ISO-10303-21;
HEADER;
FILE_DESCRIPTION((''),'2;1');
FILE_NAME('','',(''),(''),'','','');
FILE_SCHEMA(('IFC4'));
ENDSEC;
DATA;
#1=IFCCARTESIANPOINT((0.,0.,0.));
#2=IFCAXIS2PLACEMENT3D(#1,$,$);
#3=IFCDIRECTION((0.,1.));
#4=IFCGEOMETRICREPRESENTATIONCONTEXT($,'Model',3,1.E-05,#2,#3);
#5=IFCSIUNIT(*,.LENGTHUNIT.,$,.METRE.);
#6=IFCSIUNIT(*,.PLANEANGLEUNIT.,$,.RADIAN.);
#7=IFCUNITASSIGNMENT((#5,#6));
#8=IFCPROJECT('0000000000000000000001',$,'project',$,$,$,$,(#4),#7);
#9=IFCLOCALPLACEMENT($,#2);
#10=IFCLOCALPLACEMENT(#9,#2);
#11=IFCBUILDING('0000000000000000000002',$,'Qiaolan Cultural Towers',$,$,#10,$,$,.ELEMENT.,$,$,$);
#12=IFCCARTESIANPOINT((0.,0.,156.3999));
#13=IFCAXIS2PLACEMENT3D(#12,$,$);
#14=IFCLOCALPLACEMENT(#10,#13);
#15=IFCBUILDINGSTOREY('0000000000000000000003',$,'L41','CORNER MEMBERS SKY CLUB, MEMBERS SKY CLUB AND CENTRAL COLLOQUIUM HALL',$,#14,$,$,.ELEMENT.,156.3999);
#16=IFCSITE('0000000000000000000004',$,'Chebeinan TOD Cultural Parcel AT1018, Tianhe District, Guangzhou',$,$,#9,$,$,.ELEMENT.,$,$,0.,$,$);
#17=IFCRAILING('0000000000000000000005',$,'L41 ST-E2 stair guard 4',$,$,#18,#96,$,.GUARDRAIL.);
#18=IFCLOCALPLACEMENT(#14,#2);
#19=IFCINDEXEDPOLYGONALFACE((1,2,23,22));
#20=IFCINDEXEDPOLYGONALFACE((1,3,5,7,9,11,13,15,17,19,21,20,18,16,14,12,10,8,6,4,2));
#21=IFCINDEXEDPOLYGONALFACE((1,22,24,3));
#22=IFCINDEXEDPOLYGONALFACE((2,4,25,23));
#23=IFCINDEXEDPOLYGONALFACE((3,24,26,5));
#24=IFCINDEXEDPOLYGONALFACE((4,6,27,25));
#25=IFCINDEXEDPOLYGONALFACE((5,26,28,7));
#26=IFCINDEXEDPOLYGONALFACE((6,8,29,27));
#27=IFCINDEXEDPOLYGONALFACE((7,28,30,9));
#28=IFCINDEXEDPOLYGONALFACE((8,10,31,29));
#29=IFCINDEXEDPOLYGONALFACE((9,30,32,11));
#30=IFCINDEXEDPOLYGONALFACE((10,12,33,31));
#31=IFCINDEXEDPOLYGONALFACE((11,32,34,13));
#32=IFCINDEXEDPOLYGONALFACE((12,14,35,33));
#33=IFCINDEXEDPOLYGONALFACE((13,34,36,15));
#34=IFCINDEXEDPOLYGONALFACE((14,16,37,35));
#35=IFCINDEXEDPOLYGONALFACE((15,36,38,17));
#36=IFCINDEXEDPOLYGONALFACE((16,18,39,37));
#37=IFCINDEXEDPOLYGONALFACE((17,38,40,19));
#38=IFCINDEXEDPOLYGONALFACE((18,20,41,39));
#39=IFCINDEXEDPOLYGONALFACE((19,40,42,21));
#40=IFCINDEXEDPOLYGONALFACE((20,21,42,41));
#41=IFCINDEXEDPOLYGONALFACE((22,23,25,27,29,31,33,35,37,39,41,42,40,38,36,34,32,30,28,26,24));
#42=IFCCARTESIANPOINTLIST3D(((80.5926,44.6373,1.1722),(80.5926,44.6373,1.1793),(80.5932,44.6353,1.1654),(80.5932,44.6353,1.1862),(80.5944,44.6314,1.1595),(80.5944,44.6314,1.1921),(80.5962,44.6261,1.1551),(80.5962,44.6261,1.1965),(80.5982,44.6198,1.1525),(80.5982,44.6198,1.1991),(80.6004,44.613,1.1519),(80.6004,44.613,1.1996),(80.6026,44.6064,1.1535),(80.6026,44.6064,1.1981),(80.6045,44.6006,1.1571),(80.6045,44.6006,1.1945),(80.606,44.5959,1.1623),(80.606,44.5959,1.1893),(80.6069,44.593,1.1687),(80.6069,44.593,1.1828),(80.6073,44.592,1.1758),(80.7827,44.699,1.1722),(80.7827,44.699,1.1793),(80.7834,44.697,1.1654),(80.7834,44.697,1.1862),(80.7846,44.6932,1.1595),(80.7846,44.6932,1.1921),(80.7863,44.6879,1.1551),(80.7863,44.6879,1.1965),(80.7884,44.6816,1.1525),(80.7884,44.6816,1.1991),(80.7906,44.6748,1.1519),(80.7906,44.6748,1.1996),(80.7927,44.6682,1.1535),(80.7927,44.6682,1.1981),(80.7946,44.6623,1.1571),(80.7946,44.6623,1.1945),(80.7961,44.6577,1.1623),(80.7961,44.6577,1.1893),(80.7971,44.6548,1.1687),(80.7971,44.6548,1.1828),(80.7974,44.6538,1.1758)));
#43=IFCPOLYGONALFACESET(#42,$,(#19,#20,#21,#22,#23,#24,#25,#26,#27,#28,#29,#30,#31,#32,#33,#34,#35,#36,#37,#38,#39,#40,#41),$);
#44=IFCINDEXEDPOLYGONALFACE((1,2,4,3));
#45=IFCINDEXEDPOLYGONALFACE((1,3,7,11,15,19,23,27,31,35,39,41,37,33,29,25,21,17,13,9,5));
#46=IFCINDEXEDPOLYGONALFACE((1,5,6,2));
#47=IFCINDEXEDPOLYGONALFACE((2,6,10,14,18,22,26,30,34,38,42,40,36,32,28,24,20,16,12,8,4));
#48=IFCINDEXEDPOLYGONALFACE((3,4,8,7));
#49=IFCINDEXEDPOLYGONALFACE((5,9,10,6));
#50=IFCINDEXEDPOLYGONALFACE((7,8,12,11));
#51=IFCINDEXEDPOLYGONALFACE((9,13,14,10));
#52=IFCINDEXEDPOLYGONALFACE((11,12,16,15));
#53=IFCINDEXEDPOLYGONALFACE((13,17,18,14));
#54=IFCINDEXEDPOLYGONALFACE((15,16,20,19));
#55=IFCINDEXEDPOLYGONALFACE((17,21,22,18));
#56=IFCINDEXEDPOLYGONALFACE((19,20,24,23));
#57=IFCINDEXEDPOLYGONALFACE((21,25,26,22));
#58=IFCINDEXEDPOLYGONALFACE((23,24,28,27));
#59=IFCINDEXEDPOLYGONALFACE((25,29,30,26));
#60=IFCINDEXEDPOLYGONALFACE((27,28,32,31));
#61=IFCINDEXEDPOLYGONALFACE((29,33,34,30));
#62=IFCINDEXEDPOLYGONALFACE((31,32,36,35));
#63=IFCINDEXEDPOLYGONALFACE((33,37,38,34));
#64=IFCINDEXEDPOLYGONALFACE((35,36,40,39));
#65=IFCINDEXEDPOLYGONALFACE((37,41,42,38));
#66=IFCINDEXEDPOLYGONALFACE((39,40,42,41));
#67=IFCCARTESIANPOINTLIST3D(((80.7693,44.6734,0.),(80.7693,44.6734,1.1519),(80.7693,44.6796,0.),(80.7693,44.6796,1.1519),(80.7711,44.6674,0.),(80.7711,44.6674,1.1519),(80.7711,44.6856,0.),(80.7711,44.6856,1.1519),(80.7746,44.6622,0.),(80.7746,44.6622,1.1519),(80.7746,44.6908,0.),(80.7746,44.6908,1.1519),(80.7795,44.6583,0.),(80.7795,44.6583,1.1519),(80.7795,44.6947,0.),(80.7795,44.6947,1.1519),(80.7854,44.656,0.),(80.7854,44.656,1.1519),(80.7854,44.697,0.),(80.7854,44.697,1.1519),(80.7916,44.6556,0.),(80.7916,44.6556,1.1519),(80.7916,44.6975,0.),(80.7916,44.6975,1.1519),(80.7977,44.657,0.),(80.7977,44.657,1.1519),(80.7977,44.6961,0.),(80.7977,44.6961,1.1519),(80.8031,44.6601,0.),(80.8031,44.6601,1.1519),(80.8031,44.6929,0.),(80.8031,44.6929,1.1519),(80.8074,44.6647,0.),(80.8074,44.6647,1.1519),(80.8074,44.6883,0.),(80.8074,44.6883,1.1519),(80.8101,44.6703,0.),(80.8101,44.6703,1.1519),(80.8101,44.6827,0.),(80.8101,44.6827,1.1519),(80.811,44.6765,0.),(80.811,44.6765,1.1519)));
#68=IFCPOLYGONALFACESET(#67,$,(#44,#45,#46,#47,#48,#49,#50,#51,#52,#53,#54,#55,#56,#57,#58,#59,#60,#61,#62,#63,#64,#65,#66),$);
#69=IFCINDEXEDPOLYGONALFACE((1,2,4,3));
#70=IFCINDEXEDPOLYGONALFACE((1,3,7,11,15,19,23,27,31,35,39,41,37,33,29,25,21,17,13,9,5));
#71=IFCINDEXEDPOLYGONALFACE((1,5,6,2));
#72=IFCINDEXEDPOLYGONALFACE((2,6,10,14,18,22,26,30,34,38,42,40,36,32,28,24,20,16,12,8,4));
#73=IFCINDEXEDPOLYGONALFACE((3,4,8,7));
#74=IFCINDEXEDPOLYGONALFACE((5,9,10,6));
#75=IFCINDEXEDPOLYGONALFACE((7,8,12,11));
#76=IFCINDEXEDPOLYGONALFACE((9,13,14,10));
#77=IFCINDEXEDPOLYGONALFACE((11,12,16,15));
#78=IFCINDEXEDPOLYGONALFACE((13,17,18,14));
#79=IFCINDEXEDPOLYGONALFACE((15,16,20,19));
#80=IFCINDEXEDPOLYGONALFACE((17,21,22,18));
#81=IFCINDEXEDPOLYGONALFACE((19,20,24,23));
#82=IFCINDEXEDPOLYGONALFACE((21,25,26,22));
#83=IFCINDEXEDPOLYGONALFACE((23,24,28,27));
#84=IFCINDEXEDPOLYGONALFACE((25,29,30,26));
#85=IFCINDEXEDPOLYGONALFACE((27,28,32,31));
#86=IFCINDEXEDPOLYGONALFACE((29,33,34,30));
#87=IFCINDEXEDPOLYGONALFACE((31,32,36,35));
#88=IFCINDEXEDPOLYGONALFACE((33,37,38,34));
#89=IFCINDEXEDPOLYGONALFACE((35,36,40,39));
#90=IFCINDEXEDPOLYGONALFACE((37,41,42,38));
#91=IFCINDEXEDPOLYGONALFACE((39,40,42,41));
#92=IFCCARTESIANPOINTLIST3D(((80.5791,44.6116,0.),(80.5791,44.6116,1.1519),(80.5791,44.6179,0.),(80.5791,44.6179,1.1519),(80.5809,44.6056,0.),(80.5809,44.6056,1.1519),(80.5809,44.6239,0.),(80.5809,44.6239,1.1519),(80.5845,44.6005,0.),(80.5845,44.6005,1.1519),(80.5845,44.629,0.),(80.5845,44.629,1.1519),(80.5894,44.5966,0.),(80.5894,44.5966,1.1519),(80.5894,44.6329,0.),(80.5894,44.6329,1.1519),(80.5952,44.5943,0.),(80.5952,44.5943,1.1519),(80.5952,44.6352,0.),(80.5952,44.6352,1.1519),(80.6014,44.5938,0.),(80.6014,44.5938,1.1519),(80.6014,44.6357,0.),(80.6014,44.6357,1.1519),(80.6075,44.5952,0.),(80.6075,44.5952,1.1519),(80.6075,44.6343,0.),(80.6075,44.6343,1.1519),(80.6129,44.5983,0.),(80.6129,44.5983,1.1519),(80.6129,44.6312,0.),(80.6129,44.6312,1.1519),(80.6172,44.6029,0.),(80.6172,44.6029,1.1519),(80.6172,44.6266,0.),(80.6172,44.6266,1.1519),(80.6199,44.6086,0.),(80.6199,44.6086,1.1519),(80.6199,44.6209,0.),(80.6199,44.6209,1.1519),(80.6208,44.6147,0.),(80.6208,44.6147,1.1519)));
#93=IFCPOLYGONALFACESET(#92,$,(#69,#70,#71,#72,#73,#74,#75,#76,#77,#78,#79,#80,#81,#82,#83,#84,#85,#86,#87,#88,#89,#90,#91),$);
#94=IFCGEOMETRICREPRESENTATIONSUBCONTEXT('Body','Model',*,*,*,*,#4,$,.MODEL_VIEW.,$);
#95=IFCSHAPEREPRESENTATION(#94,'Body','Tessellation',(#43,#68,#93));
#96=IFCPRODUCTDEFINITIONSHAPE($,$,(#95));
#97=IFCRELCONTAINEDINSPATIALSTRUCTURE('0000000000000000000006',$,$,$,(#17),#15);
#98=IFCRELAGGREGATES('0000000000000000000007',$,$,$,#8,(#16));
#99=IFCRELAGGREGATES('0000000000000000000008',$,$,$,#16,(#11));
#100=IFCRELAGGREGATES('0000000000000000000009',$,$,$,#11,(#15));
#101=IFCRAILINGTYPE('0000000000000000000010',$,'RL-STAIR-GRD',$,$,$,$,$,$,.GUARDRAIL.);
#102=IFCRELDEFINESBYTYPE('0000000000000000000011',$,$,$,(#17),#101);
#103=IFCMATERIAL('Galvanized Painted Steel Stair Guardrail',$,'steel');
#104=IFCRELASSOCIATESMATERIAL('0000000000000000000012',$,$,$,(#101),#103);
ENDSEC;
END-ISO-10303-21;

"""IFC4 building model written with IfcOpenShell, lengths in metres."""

from ifc_helpers import new_model, si_unit, direction, frame, origin, origin_2d, place, context, subcontext, project, spatial, circle, extrude, material, type_object, element, save


model = new_model("IFC4")

# Units and contexts
model_context = context("Model", 3, precision=1e-05, world=origin(), true_north=direction((0.0, 1.0)))
body_context = subcontext(model_context, "Body", "Model", "MODEL_VIEW")
ifc_project = project(units=[si_unit("LENGTHUNIT", "METRE"), si_unit("PLANEANGLEUNIT", "RADIAN")], contexts=[model_context])

# Site, building, storey
site_placement = place(None, origin())
site = spatial("IfcSite", under=ifc_project, at=site_placement, Name="Chebeinan TOD Cultural Parcel AT1018, Tianhe District, Guangzhou", CompositionType="ELEMENT", RefElevation=0.0)
building_placement = place(site_placement, origin())
building = spatial("IfcBuilding", under=site, at=building_placement, Name="Qiaolan Cultural Towers", CompositionType="ELEMENT")
storey_placement = place(building_placement, frame((0.0, 0.0, 156.3999)))
storey = spatial("IfcBuildingStorey", under=building, at=storey_placement, Name="L41", Description="CORNER MEMBERS SKY CLUB, MEMBERS SKY CLUB AND CENTRAL COLLOQUIUM HALL", CompositionType="ELEMENT", Elevation=156.3999)

# Railing
ifc_material_1 = material(Name="Galvanized Painted Steel Stair Guardrail", Category="steel")
railing_type_1 = type_object("IfcRailingType", Name="RL-STAIR-GRD", PredefinedType="GUARDRAIL", material=ifc_material_1)
railing_1_placement = place(storey_placement, frame((80.79, 44.6765, 0.0)))
element("IfcRailing", 1, at=railing_1_placement, inside=storey, type_object=railing_type_1, Name="L41 ST-E2 stair guard 4", PredefinedType="GUARDRAIL", context=body_context, shape_type="SweptSolid", body=[
    extrude(circle(Radius=0.0239, at=origin_2d()), frame((0.0, 0.0, 1.1758), z_axis=(-0.951097, -0.308893, 0.0), x_axis=(0.308893, -0.951097, 0.0)), (0.0, 0.0, 1.0), 0.2),
    extrude(circle(Radius=0.021, at=origin_2d()), origin(), (0.0, 0.0, 1.0), 1.1519),
    extrude(circle(Radius=0.021, at=origin_2d()), frame((-0.1902, -0.0618, 0.0)), (0.0, 0.0, 1.0), 1.1519),
])

save(model, "model.ifc")
